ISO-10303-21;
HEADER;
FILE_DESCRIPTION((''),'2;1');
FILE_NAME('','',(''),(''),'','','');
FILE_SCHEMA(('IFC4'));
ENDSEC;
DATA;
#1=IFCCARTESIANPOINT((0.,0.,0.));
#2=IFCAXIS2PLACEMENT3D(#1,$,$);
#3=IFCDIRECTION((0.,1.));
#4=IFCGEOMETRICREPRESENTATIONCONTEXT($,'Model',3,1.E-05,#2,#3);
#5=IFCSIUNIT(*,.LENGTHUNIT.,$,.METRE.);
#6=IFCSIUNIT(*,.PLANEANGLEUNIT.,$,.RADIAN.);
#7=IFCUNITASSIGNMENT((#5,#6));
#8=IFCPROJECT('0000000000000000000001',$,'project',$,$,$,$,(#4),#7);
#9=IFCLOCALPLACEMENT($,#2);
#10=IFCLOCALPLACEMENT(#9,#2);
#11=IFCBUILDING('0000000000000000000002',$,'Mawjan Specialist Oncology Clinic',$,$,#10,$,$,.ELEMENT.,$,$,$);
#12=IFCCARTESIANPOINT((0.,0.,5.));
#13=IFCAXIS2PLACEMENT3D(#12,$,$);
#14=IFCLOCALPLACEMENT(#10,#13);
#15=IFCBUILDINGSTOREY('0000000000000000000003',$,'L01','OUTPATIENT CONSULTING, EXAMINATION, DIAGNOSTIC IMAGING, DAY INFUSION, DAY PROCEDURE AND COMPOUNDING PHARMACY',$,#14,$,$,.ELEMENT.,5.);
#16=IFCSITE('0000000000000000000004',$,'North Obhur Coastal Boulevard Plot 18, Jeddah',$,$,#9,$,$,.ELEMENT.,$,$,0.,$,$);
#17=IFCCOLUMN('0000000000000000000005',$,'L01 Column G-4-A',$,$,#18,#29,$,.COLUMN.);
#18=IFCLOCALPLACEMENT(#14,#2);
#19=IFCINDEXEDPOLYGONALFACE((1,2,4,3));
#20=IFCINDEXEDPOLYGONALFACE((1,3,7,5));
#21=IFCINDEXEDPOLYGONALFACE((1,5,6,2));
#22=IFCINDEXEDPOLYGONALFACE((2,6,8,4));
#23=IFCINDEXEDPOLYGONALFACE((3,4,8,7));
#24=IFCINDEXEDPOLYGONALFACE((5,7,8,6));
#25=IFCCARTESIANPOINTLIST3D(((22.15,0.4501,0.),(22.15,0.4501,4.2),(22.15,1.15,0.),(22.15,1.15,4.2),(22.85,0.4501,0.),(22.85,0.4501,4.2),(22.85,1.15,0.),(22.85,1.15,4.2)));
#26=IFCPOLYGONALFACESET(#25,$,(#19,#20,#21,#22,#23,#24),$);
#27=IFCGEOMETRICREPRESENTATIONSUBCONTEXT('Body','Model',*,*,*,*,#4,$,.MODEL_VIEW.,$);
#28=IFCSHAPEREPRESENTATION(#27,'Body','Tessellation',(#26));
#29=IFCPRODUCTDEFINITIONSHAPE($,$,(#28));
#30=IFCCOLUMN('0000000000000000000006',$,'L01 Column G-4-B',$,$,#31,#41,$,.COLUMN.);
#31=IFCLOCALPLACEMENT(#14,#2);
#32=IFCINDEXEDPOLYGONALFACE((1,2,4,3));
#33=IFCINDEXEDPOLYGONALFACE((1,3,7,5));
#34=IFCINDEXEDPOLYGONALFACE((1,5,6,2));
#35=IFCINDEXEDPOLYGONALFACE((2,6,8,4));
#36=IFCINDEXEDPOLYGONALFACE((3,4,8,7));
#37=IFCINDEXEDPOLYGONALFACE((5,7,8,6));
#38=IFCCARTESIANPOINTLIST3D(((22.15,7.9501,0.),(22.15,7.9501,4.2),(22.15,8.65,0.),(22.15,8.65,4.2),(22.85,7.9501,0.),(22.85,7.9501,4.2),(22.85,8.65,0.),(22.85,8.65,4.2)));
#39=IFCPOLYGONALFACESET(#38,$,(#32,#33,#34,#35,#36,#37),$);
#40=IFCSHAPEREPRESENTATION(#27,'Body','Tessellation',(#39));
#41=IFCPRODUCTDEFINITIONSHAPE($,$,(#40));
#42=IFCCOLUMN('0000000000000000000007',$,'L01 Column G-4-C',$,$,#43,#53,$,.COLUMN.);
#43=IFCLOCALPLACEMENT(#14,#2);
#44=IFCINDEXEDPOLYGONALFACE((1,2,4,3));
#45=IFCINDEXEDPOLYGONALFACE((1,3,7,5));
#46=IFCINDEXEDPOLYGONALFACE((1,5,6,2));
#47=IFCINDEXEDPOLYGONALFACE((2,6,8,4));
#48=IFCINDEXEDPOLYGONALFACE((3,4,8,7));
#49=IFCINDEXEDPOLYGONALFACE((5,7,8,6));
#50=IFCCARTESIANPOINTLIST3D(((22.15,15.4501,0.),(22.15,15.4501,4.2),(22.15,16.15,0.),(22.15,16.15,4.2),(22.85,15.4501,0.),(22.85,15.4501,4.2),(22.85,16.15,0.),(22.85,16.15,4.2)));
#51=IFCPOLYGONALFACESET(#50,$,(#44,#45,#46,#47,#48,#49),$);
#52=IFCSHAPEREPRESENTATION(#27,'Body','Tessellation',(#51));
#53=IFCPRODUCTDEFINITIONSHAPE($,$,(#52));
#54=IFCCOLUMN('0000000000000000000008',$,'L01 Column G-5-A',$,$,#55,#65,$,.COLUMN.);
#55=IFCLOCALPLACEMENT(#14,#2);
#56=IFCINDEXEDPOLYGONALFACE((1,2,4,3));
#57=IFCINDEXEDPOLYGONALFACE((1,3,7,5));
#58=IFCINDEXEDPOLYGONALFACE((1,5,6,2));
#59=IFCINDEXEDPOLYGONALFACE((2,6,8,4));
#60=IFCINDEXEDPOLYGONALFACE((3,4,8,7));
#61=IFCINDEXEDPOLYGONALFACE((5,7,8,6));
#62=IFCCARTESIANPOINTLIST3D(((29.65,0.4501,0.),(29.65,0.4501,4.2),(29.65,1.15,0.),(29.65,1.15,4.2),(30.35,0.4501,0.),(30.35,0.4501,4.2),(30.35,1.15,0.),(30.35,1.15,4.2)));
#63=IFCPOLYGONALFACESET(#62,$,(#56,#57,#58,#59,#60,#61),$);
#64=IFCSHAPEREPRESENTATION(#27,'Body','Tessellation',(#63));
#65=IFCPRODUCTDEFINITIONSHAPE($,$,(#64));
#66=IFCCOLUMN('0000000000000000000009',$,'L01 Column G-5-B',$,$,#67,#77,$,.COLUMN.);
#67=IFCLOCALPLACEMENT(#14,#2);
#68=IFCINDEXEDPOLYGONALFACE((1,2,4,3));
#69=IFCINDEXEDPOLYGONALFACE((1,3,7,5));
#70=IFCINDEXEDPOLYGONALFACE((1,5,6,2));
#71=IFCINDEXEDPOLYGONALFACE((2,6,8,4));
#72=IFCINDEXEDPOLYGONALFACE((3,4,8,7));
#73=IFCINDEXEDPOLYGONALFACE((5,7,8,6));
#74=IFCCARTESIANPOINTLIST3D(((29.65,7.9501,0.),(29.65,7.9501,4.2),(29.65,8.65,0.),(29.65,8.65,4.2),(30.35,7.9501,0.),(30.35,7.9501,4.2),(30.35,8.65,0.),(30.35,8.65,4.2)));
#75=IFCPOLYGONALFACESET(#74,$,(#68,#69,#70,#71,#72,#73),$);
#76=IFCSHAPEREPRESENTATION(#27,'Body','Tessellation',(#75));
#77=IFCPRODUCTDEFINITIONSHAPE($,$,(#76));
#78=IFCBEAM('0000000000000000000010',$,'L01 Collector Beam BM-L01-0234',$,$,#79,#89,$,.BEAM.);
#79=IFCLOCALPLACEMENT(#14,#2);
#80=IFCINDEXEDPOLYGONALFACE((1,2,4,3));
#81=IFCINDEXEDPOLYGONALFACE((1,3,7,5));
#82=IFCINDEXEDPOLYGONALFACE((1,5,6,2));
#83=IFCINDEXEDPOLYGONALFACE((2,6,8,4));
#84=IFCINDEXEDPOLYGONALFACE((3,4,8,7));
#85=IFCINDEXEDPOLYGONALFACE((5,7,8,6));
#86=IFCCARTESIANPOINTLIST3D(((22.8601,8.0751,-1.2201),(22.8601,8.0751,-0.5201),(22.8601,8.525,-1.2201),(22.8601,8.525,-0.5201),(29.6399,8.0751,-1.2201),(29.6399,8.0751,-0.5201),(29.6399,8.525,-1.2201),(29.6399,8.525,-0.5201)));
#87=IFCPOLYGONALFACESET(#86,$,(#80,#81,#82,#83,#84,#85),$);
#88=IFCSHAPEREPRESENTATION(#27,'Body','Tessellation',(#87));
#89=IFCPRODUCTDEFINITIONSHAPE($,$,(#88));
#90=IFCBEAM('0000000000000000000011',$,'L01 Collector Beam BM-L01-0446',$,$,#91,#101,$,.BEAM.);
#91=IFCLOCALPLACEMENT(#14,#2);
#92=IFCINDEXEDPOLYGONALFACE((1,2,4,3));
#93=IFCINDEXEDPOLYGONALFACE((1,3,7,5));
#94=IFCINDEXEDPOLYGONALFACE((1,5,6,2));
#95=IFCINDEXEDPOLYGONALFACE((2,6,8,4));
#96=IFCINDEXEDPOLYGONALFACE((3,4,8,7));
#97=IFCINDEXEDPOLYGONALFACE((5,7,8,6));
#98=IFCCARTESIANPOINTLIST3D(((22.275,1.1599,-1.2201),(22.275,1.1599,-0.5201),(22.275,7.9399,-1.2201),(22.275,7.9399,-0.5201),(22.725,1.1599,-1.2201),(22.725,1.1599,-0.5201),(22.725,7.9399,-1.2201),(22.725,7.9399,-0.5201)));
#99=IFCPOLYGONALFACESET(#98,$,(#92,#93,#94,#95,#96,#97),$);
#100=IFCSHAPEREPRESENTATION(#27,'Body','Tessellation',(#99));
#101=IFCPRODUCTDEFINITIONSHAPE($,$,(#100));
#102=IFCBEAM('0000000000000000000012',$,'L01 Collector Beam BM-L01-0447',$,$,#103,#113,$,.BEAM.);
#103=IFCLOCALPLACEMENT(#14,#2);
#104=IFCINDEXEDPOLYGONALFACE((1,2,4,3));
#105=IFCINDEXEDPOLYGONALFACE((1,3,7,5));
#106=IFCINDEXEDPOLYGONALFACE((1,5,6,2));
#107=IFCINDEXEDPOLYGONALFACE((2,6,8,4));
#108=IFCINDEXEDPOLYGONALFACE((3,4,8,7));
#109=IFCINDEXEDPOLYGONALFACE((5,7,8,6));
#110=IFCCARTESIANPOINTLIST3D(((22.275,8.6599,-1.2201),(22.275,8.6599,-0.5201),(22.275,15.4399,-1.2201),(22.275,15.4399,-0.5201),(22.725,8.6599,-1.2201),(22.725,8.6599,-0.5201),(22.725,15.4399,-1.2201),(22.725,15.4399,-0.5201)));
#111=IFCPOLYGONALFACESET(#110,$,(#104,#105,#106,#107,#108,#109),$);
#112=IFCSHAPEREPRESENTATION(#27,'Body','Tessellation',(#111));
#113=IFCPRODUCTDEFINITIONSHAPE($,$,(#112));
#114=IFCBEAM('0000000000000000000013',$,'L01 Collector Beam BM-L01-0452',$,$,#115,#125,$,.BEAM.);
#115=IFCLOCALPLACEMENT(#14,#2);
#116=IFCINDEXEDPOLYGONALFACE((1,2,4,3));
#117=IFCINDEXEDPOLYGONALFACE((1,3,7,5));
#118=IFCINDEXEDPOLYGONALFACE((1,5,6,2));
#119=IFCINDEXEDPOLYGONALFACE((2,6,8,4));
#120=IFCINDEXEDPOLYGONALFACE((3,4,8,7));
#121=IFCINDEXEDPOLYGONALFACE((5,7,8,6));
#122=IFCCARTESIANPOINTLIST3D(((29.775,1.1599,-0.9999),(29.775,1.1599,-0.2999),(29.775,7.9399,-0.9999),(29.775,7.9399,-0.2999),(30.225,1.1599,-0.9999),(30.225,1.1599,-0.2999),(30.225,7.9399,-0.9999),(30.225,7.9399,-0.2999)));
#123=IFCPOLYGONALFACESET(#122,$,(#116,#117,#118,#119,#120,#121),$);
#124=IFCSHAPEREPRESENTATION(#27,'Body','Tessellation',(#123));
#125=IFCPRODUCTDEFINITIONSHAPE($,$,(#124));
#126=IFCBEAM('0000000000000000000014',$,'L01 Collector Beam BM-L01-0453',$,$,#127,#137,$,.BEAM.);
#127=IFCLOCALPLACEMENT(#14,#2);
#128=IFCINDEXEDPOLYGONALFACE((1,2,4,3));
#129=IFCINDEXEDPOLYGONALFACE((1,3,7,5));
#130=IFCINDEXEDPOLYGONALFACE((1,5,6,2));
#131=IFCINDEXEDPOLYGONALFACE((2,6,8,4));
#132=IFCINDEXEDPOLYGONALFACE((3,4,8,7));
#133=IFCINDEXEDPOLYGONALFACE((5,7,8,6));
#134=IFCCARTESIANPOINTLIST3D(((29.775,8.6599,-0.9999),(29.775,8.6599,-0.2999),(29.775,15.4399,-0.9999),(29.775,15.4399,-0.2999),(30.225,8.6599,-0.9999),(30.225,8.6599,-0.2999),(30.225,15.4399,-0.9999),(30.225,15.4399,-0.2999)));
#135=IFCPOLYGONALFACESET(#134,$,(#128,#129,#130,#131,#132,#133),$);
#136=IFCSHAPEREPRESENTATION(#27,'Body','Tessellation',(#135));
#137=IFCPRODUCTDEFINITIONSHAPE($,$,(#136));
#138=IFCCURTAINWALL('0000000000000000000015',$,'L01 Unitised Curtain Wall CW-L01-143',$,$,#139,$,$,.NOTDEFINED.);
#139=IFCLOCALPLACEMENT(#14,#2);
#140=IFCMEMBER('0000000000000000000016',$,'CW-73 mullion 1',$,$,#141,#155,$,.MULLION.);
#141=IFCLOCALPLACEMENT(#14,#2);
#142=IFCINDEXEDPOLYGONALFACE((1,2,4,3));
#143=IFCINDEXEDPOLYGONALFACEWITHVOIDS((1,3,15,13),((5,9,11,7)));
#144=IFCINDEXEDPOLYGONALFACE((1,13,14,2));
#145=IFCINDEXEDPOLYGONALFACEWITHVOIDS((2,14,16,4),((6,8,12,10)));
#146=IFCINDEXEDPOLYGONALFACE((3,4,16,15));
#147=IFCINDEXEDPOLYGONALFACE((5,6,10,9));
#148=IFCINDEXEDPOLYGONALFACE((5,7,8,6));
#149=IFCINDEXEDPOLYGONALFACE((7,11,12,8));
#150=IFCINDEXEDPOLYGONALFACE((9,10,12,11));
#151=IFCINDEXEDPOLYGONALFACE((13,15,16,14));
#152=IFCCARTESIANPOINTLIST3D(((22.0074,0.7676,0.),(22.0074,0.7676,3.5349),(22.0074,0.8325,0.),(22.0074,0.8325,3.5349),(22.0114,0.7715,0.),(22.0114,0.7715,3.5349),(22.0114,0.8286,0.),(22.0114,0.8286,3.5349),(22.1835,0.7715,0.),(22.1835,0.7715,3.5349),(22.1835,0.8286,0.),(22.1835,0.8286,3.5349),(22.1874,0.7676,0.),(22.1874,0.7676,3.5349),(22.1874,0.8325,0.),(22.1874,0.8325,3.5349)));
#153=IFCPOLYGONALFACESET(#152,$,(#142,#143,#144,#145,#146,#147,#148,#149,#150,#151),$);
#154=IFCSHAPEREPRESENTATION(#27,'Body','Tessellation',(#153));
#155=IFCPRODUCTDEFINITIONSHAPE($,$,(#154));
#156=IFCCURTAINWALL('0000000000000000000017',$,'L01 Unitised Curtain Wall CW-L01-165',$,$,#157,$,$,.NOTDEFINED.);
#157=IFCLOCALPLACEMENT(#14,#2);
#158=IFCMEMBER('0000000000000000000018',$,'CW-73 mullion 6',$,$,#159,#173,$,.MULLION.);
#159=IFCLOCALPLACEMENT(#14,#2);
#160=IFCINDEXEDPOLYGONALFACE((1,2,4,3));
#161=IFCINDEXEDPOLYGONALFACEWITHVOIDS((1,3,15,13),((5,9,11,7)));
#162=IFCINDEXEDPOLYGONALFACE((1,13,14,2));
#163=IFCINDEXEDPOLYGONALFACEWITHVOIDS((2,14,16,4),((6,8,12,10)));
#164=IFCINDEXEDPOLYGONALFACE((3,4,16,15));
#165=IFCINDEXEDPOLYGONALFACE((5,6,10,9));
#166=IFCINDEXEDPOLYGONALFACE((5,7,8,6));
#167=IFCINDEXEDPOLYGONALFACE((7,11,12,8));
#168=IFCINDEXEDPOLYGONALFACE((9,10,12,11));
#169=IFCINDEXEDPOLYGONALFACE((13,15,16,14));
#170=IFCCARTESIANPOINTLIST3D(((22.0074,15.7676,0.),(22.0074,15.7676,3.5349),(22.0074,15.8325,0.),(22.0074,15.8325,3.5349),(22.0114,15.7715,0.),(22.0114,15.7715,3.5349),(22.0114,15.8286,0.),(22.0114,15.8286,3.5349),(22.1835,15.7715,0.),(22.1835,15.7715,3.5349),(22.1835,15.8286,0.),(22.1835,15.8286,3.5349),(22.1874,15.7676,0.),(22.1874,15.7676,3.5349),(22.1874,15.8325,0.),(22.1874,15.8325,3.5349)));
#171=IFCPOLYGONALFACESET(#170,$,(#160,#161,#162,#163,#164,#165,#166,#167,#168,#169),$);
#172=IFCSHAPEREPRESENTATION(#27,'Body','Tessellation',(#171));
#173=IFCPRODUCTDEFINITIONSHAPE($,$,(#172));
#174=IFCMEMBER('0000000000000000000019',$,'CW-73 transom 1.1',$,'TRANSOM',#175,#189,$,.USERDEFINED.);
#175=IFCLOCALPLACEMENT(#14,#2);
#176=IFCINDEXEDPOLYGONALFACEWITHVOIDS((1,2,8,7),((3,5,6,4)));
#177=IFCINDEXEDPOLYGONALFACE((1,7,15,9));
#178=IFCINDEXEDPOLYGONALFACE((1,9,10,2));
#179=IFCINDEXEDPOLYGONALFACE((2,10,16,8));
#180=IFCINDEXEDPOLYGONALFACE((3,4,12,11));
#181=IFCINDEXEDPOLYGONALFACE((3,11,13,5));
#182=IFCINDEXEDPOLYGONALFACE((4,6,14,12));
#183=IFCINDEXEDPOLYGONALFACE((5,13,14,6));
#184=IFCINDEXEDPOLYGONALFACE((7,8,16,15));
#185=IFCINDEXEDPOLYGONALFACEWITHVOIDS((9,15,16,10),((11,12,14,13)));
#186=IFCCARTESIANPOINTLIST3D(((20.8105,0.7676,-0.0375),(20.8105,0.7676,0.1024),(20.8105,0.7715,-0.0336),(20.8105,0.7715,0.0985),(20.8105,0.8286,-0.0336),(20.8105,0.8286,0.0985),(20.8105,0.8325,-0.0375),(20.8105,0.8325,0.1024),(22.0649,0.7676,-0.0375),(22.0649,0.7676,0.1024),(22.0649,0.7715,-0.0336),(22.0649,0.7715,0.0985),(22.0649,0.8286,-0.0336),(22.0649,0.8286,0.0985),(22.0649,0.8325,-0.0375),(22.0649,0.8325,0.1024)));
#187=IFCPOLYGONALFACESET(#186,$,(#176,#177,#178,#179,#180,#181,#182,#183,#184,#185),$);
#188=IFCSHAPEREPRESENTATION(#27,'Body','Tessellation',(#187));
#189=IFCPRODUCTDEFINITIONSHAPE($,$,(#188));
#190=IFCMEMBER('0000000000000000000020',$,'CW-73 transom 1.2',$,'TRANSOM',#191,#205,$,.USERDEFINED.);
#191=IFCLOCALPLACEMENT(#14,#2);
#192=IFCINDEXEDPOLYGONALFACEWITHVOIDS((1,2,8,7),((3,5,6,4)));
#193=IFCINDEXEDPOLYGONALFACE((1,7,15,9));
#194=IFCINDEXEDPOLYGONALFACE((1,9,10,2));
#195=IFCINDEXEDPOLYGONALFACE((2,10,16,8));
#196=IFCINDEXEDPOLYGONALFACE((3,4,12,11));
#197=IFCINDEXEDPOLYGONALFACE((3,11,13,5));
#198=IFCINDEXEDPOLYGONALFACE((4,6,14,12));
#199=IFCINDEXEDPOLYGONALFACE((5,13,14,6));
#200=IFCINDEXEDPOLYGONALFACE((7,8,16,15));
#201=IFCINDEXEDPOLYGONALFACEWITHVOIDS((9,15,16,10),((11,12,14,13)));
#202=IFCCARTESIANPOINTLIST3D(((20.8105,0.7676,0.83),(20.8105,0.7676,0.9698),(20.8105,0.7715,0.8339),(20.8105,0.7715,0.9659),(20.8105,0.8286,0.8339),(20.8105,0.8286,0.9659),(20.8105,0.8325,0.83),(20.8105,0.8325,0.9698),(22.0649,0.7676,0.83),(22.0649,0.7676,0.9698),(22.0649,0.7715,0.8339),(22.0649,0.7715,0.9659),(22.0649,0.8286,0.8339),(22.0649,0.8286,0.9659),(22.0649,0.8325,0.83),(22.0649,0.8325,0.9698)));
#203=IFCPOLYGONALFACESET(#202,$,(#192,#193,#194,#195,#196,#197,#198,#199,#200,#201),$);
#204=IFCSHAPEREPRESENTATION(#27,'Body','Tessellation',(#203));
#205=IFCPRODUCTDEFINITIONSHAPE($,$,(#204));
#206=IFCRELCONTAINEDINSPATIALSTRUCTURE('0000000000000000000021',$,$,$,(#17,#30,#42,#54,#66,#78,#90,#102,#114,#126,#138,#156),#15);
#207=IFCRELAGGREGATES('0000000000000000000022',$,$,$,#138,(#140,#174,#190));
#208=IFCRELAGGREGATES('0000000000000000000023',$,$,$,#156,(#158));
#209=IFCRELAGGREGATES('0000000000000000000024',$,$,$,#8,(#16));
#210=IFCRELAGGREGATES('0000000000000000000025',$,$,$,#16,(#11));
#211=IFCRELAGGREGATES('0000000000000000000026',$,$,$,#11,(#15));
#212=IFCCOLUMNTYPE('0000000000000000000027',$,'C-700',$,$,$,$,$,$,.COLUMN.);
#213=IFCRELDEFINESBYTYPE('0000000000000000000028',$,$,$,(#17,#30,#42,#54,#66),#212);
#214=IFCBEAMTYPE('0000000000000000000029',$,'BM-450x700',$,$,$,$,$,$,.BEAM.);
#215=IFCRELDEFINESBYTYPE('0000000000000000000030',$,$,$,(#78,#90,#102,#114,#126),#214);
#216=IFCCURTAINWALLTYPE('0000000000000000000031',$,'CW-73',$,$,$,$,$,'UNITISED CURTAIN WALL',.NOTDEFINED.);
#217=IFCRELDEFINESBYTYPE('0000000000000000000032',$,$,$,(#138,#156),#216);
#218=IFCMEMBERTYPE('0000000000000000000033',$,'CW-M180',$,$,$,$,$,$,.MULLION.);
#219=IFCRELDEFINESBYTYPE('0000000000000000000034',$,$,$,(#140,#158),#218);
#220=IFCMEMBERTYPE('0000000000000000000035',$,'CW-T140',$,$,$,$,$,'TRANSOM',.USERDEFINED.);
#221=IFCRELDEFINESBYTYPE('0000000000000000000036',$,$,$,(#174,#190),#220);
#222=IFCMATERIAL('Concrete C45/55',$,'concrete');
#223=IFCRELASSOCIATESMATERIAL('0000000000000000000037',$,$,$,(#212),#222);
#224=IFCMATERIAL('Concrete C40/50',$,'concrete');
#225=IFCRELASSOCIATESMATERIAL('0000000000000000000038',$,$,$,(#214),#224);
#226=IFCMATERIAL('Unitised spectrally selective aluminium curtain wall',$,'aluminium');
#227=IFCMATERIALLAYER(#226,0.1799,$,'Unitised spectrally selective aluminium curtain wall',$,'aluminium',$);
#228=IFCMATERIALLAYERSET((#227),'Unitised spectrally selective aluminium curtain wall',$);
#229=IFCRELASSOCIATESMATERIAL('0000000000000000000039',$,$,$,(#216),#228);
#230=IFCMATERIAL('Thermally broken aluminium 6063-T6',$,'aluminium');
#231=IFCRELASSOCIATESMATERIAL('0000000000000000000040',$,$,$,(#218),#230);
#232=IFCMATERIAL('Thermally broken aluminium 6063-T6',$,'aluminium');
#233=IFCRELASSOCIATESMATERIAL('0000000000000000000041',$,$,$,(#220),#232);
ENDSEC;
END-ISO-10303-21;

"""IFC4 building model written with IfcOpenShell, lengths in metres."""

from ifc_helpers import new_model, si_unit, direction, frame, origin, origin_2d, place, context, subcontext, project, spatial, rectangle, hollow_rectangle, extrude, material, layer, layer_set, material_profile, profile_set, type_object, element, aggregate, save


model = new_model("IFC4")

# Units and contexts
model_context = context("Model", 3, precision=1e-05, world=origin(), true_north=direction((0.0, 1.0)))
body_context = subcontext(model_context, "Body", "Model", "MODEL_VIEW")
ifc_project = project(units=[si_unit("LENGTHUNIT", "METRE"), si_unit("PLANEANGLEUNIT", "RADIAN")], contexts=[model_context])

# Site, building, storey
site_placement = place(None, origin())
site = spatial("IfcSite", under=ifc_project, at=site_placement, Name="North Obhur Coastal Boulevard Plot 18, Jeddah", CompositionType="ELEMENT", RefElevation=0.0)
building_placement = place(site_placement, origin())
building = spatial("IfcBuilding", under=site, at=building_placement, Name="Mawjan Specialist Oncology Clinic", CompositionType="ELEMENT")
storey_placement = place(building_placement, frame((0.0, 0.0, 5.0)))
storey = spatial("IfcBuildingStorey", under=building, at=storey_placement, Name="L01", Description="OUTPATIENT CONSULTING, EXAMINATION, DIAGNOSTIC IMAGING, DAY INFUSION, DAY PROCEDURE AND COMPOUNDING PHARMACY", CompositionType="ELEMENT", Elevation=5.0)

# Columns
ifc_material_1 = material(Name="Concrete C45/55", Category="concrete")
ifc_material_profile_1 = material_profile(ifc_material_1, rectangle(XDim=0.7, YDim=0.7, at=origin_2d()), Name="RC COL 700x700", Category="concrete")
ifc_profile_set_1 = profile_set([ifc_material_profile_1], Name="Concrete C45/55")
column_type = type_object("IfcColumnType", Name="C-700", PredefinedType="COLUMN", material=ifc_profile_set_1)
for number, where, z_axis, x_axis, name in (
    (1, (22.5, 0.8, 0.0), (0.0, 0.0, 1.0), (1.0, 0.0, 0.0), "L01 Column G-4-A"),
    (2, (22.5, 8.3, 0.0), (0.0, 0.0, 1.0), (1.0, 0.0, 0.0), "L01 Column G-4-B"),
    (3, (22.5, 15.8, 0.0), (0.0, 0.0, 1.0), (1.0, 0.0, 0.0), "L01 Column G-4-C"),
    (4, (30.0, 0.8, 0.0), (0.0, 0.0, 1.0), (1.0, 0.0, 0.0), "L01 Column G-5-A"),
    (5, (30.0, 8.3, 0.0), (0.0, 0.0, 1.0), (1.0, 0.0, 0.0), "L01 Column G-5-B"),
):
    element("IfcColumn", number, at=place(storey_placement, frame(where, z_axis=z_axis, x_axis=x_axis)), inside=storey, type_object=column_type, Name=name, PredefinedType="COLUMN", context=body_context, shape_type="SweptSolid", body=[
        extrude(rectangle(XDim=0.7, YDim=0.7, at=origin_2d()), origin(), (0.0, 0.0, 1.0), 4.2),
    ])

# Beams
ifc_material_2 = material(Name="Concrete C40/50", Category="concrete")
ifc_material_profile_2 = material_profile(ifc_material_2, rectangle(XDim=0.45, YDim=0.7, at=origin_2d()), Name="RC BM 450x700", Category="concrete")
ifc_profile_set_2 = profile_set([ifc_material_profile_2], Name="Concrete C40/50")
beam_type_1 = type_object("IfcBeamType", Name="BM-450x700", PredefinedType="BEAM", material=ifc_profile_set_2)
beam_1_placement = place(storey_placement, frame((22.8601, 8.3, -0.8701), z_axis=(1.0, 0.0, 0.0), x_axis=(0.0, 1.0, 0.0)))
element("IfcBeam", 6, at=beam_1_placement, inside=storey, type_object=beam_type_1, Name="L01 Collector Beam BM-L01-0234", PredefinedType="BEAM", context=body_context, shape_type="SweptSolid", body=[
    extrude(rectangle(XDim=0.45, YDim=0.7, at=origin_2d()), origin(), (0.0, 0.0, 1.0), 6.7798),
])
for number, where, z_axis, x_axis, name in (
    (7, (22.5, 1.1599, -0.8701), (0.0, 1.0, 0.0), (-1.0, 0.0, 0.0), "L01 Collector Beam BM-L01-0446"),
    (8, (22.5, 8.6599, -0.8701), (0.0, 1.0, 0.0), (-1.0, 0.0, 0.0), "L01 Collector Beam BM-L01-0447"),
    (9, (30.0, 1.1599, -0.6499), (0.0, 1.0, 0.0), (-1.0, 0.0, 0.0), "L01 Collector Beam BM-L01-0452"),
    (10, (30.0, 8.6599, -0.6499), (0.0, 1.0, 0.0), (-1.0, 0.0, 0.0), "L01 Collector Beam BM-L01-0453"),
):
    element("IfcBeam", number, at=place(storey_placement, frame(where, z_axis=z_axis, x_axis=x_axis)), inside=storey, type_object=beam_type_1, Name=name, PredefinedType="BEAM", context=body_context, shape_type="SweptSolid", body=[
        extrude(rectangle(XDim=0.45, YDim=0.7, at=origin_2d()), origin(), (0.0, 0.0, 1.0), 6.78),
    ])

# Curtain walls, members
ifc_material_3 = material(Name="Unitised spectrally selective aluminium curtain wall", Category="aluminium")
ifc_layer_1 = layer(ifc_material_3, 0.1799, Name="Unitised spectrally selective aluminium curtain wall", Category="aluminium")
ifc_layer_set_1 = layer_set([ifc_layer_1], Name="Unitised spectrally selective aluminium curtain wall")
curtain_wall_type = type_object("IfcCurtainWallType", Name="CW-73", ElementType="UNITISED CURTAIN WALL", PredefinedType="NOTDEFINED", material=ifc_layer_set_1)
curtain_wall_1_placement = place(storey_placement, origin())
curtain_wall_1 = element("IfcCurtainWall", 11, at=curtain_wall_1_placement, inside=storey, type_object=curtain_wall_type, Name="L01 Unitised Curtain Wall CW-L01-143", PredefinedType="NOTDEFINED")
ifc_material_4 = material(Name="Thermally broken aluminium 6063-T6", Category="aluminium")
ifc_material_profile_3 = material_profile(ifc_material_4, hollow_rectangle(XDim=0.0649, YDim=0.1799, WallThickness=0.0039, at=origin_2d()), Name="ALU MULLION 180x65x4", Category="aluminium")
ifc_profile_set_3 = profile_set([ifc_material_profile_3], Name="Thermally broken aluminium 6063-T6")
member_type_1 = type_object("IfcMemberType", Name="CW-M180", PredefinedType="MULLION", material=ifc_profile_set_3)
member_1_placement = place(storey_placement, frame((22.0974, 0.8, 0.0), z_axis=(0.0, 0.0, 1.0), x_axis=(0.0, -1.0, 0.0)))
member_1 = element("IfcMember", 12, at=member_1_placement, type_object=member_type_1, Name="CW-73 mullion 1", PredefinedType="MULLION", context=body_context, shape_type="SweptSolid", body=[
    extrude(hollow_rectangle(XDim=0.0649, YDim=0.1799, WallThickness=0.0039, at=origin_2d()), origin(), (0.0, 0.0, 1.0), 3.5349),
])
curtain_wall_2_placement = place(storey_placement, origin())
curtain_wall_2 = element("IfcCurtainWall", 13, at=curtain_wall_2_placement, inside=storey, type_object=curtain_wall_type, Name="L01 Unitised Curtain Wall CW-L01-165", PredefinedType="NOTDEFINED")
member_2_placement = place(storey_placement, frame((22.0974, 15.8, 0.0), z_axis=(0.0, 0.0, 1.0), x_axis=(0.0, 1.0, 0.0)))
member_2 = element("IfcMember", 14, at=member_2_placement, type_object=member_type_1, Name="CW-73 mullion 6", PredefinedType="MULLION", context=body_context, shape_type="SweptSolid", body=[
    extrude(hollow_rectangle(XDim=0.0649, YDim=0.1799, WallThickness=0.0039, at=origin_2d()), origin(), (0.0, 0.0, 1.0), 3.5349),
])

# Members
ifc_material_5 = material(Name="Thermally broken aluminium 6063-T6", Category="aluminium")
ifc_material_profile_4 = material_profile(ifc_material_5, hollow_rectangle(XDim=0.0649, YDim=0.1399, WallThickness=0.0039, at=origin_2d()), Name="ALU TRANSOM 140x65x4", Category="aluminium")
ifc_profile_set_4 = profile_set([ifc_material_profile_4], Name="Thermally broken aluminium 6063-T6")
member_type_2 = type_object("IfcMemberType", Name="CW-T140", ElementType="TRANSOM", PredefinedType="USERDEFINED", material=ifc_profile_set_4)
member_3_placement = place(storey_placement, frame((22.0649, 0.8, 0.0325), z_axis=(-1.0, 0.0, 0.0), x_axis=(0.0, -1.0, 0.0)))
member_3 = element("IfcMember", 15, at=member_3_placement, type_object=member_type_2, Name="CW-73 transom 1.1", ObjectType="TRANSOM", PredefinedType="USERDEFINED", context=body_context, shape_type="SweptSolid", body=[
    extrude(hollow_rectangle(XDim=0.0649, YDim=0.1399, WallThickness=0.0039, at=origin_2d()), origin(), (0.0, 0.0, 1.0), 1.2544),
])
member_4_placement = place(storey_placement, frame((22.0649, 0.8, 0.8999), z_axis=(-1.0, 0.0, 0.0), x_axis=(0.0, -1.0, 0.0)))
member_4 = element("IfcMember", 16, at=member_4_placement, type_object=member_type_2, Name="CW-73 transom 1.2", ObjectType="TRANSOM", PredefinedType="USERDEFINED", context=body_context, shape_type="SweptSolid", body=[
    extrude(hollow_rectangle(XDim=0.0649, YDim=0.1399, WallThickness=0.0039, at=origin_2d()), origin(), (0.0, 0.0, 1.0), 1.2544),
])

aggregate(curtain_wall_1, [member_1, member_3, member_4])
aggregate(curtain_wall_2, [member_2])

save(model, "model.ifc")
